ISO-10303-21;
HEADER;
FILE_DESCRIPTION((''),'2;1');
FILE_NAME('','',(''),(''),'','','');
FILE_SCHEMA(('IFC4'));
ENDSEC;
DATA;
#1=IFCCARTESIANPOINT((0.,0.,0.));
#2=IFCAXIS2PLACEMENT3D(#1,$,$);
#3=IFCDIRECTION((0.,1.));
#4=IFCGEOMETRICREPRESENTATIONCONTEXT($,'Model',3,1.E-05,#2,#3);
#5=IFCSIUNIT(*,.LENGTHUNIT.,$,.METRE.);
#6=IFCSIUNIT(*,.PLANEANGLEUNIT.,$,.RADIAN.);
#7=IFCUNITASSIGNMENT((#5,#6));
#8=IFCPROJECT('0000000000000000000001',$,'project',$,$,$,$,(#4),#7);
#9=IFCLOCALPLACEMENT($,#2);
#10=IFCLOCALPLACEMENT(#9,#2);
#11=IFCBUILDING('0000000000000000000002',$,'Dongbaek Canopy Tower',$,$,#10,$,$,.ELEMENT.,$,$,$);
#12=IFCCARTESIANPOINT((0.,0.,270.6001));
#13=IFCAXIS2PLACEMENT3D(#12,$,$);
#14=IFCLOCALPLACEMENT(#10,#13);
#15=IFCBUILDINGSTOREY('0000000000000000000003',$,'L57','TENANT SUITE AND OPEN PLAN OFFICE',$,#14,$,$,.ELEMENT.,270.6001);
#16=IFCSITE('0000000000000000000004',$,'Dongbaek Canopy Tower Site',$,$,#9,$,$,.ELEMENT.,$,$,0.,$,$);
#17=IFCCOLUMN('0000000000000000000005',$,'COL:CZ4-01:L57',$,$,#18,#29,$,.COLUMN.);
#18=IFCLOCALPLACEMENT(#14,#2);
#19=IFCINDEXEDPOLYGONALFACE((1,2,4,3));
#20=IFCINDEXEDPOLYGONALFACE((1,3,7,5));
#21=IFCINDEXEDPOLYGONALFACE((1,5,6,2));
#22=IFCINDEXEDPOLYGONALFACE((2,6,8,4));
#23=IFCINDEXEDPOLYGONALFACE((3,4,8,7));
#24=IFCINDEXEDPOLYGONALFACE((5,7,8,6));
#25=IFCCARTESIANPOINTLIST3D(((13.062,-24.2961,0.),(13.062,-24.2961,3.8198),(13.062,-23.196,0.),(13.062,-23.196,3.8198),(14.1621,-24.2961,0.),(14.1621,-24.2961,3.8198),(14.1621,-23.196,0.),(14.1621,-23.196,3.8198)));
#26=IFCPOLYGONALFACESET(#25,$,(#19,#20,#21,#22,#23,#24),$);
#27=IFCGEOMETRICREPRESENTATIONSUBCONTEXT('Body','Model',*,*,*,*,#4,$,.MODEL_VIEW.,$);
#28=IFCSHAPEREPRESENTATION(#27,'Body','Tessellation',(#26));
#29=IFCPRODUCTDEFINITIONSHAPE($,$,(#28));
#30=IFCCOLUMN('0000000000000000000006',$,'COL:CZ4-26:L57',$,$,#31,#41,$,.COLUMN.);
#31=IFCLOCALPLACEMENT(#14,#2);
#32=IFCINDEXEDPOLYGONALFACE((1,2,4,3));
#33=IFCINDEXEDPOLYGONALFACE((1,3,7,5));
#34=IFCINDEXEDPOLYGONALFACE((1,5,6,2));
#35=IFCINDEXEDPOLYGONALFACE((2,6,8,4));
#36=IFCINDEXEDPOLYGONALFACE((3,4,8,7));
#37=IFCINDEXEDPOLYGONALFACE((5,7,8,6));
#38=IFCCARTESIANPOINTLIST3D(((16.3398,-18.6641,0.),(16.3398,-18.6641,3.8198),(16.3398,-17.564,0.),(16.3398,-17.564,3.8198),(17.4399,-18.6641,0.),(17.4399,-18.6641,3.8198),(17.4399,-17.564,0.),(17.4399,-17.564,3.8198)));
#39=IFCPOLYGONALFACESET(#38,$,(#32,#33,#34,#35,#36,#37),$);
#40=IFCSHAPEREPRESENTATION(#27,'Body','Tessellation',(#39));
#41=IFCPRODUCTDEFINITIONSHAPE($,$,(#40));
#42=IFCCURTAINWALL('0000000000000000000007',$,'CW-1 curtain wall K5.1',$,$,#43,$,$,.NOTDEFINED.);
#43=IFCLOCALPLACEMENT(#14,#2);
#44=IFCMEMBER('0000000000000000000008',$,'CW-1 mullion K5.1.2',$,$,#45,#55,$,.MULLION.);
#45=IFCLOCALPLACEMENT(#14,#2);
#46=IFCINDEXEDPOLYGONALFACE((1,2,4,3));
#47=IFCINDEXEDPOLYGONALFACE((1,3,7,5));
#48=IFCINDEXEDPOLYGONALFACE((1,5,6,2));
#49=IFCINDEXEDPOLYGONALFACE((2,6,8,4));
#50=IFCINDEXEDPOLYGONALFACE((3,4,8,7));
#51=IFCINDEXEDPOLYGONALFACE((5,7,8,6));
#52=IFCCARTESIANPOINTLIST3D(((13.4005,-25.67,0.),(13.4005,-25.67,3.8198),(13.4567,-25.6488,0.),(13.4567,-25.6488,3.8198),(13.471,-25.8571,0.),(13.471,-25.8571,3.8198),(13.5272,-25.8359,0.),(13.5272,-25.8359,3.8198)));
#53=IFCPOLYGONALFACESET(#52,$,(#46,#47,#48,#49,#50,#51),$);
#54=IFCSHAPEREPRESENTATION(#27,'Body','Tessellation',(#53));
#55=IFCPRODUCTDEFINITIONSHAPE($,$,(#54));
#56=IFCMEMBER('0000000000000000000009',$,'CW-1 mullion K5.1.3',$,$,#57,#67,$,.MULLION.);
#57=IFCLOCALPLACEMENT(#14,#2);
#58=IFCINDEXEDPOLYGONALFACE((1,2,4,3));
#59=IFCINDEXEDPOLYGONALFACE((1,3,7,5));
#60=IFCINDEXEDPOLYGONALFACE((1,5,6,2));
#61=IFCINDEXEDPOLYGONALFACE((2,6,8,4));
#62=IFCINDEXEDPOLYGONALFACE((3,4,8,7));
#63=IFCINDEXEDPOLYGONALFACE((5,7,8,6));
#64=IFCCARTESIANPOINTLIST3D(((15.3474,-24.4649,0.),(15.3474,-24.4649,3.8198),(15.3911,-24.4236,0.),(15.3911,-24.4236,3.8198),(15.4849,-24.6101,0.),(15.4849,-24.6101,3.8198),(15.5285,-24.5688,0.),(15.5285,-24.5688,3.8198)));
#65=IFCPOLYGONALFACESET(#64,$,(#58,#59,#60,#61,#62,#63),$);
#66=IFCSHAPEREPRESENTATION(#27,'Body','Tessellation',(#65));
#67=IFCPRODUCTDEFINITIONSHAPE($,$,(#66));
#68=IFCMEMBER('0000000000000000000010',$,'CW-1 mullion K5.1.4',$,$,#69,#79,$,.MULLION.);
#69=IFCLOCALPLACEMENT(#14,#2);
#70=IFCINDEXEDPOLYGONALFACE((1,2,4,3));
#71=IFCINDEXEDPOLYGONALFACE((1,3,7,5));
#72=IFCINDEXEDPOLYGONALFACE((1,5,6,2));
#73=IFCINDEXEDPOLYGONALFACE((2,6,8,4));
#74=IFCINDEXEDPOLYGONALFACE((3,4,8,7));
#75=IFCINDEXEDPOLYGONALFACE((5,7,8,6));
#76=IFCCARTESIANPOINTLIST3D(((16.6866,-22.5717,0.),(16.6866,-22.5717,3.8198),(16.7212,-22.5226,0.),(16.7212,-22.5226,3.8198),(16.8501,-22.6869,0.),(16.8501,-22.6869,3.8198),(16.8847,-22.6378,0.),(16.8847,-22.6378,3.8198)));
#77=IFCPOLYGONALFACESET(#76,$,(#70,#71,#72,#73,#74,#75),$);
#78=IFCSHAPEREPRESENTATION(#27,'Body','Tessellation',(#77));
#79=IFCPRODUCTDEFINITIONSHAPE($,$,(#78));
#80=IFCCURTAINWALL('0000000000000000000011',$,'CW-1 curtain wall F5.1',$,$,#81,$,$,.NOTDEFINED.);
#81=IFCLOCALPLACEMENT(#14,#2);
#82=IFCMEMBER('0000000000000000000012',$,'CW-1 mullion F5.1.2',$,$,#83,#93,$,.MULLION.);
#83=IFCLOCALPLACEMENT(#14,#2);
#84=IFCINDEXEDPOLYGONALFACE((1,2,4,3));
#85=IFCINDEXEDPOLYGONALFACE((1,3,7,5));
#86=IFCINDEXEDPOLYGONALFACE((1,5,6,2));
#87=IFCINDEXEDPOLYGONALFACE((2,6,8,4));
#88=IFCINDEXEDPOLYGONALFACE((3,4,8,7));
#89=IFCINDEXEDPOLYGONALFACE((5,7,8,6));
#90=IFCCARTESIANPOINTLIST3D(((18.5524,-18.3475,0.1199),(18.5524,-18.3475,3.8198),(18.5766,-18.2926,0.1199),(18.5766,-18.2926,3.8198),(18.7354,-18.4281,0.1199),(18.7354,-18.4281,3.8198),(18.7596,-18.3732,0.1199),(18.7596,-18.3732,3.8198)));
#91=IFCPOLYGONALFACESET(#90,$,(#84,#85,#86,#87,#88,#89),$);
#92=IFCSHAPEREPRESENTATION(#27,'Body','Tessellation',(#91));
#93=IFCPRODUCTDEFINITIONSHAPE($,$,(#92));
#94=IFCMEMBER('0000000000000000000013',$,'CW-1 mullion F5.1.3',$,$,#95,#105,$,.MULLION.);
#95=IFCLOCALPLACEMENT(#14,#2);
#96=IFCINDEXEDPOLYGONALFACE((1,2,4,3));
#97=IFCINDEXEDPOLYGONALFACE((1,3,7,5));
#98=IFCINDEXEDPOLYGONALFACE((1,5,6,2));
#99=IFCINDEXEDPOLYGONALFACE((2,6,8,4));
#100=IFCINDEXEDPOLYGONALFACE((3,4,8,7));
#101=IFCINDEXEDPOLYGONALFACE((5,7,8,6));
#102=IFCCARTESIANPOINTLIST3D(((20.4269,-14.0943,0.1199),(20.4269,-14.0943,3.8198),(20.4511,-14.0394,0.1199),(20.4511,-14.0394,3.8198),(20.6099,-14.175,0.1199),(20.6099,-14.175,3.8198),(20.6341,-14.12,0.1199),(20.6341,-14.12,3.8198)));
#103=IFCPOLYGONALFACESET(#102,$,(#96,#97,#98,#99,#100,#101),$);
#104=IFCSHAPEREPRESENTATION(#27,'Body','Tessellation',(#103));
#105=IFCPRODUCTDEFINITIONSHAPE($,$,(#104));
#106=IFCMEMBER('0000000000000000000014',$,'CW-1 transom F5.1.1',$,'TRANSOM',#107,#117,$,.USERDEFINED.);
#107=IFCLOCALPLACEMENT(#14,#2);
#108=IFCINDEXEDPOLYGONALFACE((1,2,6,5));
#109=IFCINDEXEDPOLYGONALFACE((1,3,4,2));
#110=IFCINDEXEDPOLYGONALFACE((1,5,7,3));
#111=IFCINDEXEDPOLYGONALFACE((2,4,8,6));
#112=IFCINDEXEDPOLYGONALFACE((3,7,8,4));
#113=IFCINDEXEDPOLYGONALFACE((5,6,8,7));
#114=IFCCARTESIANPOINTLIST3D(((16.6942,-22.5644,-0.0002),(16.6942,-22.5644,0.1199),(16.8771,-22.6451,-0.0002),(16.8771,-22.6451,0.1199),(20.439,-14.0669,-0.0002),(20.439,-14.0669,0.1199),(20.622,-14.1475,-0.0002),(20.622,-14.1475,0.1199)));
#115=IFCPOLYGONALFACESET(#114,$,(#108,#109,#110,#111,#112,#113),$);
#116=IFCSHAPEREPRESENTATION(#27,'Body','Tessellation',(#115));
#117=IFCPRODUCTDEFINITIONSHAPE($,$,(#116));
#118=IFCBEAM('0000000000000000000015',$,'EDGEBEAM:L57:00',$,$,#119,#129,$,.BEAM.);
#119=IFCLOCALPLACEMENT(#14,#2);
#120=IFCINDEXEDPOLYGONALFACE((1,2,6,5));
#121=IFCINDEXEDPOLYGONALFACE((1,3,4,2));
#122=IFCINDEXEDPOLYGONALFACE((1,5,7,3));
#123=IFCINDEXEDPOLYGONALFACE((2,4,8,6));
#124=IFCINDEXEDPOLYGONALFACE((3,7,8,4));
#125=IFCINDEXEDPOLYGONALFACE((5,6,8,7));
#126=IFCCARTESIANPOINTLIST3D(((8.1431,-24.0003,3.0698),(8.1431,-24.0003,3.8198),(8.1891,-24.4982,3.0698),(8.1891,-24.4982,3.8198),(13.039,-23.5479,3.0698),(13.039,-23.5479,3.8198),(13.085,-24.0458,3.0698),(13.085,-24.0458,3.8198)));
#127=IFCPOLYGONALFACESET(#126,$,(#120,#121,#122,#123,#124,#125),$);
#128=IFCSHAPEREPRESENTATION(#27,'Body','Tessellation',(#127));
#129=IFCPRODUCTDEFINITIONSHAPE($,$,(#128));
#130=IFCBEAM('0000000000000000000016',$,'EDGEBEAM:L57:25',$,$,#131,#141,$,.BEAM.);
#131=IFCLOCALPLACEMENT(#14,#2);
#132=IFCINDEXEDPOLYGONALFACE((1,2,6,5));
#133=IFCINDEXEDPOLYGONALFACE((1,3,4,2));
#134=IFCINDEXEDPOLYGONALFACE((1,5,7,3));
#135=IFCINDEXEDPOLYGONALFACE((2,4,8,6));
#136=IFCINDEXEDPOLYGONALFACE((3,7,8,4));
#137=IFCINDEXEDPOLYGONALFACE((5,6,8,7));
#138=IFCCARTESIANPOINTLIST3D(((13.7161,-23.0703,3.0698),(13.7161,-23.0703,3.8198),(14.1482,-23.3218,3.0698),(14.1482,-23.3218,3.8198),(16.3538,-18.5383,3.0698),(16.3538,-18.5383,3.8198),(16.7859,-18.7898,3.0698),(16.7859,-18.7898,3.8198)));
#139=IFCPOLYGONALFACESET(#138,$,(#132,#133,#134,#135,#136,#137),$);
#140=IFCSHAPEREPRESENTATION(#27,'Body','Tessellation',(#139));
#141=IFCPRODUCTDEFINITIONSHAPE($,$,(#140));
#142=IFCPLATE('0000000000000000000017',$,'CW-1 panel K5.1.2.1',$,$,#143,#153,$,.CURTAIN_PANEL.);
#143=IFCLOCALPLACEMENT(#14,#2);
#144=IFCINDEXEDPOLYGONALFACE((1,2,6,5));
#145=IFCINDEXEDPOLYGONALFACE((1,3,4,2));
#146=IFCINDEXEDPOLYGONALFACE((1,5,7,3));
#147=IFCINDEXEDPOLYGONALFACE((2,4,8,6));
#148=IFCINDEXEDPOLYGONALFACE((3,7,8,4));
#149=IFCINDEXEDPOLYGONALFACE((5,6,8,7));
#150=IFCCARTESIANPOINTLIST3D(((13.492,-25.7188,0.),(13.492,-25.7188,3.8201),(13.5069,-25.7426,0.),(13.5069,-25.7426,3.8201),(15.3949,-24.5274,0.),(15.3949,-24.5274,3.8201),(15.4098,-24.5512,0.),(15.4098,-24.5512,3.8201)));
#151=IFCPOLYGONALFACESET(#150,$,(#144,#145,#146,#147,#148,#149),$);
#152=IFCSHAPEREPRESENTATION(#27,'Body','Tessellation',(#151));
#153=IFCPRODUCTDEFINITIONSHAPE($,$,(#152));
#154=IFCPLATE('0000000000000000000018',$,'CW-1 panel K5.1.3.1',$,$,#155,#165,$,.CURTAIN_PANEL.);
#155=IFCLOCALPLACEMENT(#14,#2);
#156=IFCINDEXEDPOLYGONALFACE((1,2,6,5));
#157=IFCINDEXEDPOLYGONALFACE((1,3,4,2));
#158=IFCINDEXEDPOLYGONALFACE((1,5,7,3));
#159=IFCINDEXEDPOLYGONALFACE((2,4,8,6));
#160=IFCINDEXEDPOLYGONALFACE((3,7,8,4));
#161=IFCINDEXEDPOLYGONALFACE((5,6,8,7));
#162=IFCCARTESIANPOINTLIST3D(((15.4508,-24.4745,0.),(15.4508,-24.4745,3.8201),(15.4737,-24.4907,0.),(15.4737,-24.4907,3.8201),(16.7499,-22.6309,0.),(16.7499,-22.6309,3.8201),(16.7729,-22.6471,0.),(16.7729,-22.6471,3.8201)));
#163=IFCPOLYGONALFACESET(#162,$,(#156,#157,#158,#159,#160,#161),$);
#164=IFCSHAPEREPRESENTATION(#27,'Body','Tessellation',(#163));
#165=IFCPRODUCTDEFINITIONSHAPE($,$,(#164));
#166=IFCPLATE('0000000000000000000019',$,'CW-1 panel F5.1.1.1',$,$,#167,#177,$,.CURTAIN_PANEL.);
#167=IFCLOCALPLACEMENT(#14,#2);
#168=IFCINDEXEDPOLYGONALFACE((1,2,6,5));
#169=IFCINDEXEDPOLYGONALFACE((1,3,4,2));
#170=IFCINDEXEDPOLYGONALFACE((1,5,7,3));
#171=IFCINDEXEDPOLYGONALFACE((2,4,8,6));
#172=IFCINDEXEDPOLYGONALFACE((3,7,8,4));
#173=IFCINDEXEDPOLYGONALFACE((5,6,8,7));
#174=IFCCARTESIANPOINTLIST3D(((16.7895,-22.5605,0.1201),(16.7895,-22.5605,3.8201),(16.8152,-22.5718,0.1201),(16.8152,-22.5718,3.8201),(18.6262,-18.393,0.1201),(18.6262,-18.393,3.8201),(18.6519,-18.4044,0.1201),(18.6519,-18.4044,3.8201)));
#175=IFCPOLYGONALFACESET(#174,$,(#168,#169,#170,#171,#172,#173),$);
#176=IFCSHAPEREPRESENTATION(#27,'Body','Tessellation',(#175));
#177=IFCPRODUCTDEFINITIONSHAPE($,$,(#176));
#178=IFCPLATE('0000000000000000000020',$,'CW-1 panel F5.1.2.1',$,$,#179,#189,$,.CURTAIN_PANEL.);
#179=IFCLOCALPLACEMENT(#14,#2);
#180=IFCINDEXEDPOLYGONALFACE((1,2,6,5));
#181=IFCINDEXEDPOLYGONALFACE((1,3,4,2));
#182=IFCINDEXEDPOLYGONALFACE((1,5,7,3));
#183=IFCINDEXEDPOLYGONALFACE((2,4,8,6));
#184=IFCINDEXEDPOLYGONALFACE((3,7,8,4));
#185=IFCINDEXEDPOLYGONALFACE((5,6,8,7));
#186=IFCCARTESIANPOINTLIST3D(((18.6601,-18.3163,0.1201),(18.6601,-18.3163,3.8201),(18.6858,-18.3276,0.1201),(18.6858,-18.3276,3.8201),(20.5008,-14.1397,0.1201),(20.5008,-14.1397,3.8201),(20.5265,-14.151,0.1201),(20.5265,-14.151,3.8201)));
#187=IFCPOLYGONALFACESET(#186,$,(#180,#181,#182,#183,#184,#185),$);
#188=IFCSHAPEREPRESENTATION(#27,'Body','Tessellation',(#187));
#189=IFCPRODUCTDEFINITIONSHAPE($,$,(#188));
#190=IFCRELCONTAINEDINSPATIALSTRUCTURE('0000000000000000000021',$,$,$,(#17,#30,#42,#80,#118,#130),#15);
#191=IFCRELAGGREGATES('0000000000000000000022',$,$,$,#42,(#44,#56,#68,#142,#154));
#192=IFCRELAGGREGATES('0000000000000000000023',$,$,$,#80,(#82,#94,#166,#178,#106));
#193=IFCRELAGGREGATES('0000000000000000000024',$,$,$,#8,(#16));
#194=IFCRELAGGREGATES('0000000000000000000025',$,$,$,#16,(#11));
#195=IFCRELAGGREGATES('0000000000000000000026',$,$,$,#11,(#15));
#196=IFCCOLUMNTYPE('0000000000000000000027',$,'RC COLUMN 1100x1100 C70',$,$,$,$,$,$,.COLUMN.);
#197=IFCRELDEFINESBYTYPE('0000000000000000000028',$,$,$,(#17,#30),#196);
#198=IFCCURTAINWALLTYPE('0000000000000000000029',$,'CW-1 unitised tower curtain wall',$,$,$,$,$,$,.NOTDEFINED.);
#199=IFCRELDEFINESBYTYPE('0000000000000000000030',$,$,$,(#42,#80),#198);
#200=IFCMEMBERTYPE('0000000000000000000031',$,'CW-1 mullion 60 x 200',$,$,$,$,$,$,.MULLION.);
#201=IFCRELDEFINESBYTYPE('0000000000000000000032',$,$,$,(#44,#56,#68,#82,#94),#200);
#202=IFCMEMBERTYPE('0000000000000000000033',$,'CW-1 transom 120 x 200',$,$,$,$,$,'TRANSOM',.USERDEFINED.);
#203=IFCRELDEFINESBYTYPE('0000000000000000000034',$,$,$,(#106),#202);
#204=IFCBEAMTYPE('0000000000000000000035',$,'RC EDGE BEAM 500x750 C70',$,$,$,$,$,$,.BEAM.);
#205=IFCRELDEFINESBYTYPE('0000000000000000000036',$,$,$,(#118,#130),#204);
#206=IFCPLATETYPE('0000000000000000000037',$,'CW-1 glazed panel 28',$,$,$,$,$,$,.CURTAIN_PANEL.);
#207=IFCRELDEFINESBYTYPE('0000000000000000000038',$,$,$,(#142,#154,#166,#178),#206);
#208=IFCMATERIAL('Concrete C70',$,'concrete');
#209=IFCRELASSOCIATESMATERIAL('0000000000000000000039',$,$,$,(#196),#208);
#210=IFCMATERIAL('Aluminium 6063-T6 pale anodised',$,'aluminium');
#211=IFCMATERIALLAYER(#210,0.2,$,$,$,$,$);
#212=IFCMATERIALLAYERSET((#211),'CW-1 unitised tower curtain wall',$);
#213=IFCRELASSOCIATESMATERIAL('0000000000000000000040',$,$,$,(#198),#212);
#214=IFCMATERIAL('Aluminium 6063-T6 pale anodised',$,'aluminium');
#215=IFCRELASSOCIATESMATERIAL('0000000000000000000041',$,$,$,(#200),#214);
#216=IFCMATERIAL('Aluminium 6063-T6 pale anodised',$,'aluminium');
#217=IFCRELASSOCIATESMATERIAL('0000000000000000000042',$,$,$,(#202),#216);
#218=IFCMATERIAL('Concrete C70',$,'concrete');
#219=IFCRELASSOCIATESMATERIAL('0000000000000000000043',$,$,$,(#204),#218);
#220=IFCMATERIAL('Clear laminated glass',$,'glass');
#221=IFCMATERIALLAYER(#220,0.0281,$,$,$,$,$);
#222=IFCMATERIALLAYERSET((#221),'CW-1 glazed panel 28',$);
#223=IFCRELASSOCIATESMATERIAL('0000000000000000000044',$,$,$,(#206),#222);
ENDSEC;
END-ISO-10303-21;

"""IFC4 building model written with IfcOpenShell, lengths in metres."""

from ifc_helpers import new_model, si_unit, direction, frame, origin, origin_2d, place, context, subcontext, project, spatial, rectangle, extrude, material, layer, layer_set, material_profile, profile_set, type_object, element, aggregate, save


model = new_model("IFC4")

# Units and contexts
model_context = context("Model", 3, precision=1e-05, world=origin(), true_north=direction((0.0, 1.0)))
body_context = subcontext(model_context, "Body", "Model", "MODEL_VIEW")
ifc_project = project(units=[si_unit("LENGTHUNIT", "METRE"), si_unit("PLANEANGLEUNIT", "RADIAN")], contexts=[model_context])

# Site, building, storey
site_placement = place(None, origin())
site = spatial("IfcSite", under=ifc_project, at=site_placement, Name="Dongbaek Canopy Tower Site", CompositionType="ELEMENT", RefElevation=0.0)
building_placement = place(site_placement, origin())
building = spatial("IfcBuilding", under=site, at=building_placement, Name="Dongbaek Canopy Tower", CompositionType="ELEMENT")
storey_placement = place(building_placement, frame((0.0, 0.0, 270.6001)))
storey = spatial("IfcBuildingStorey", under=building, at=storey_placement, Name="L57", Description="TENANT SUITE AND OPEN PLAN OFFICE", CompositionType="ELEMENT", Elevation=270.6001)

# Columns
ifc_material_1 = material(Name="Concrete C70", Category="concrete")
ifc_material_profile_1 = material_profile(ifc_material_1, rectangle(XDim=1.1001, YDim=1.1001, at=origin_2d()), Name="RC COLUMN 1100x1100 C70")
ifc_profile_set_1 = profile_set([ifc_material_profile_1], Name="Concrete C70")
column_type = type_object("IfcColumnType", Name="RC COLUMN 1100x1100 C70", PredefinedType="COLUMN", material=ifc_profile_set_1)
for number, where, z_axis, x_axis, name in (
    (1, (13.6121, -23.7461, 0.0), (0.0, 0.0, 1.0), (1.0, 0.0, 0.0), "COL:CZ4-01:L57"),
    (2, (16.8899, -18.114, 0.0), (0.0, 0.0, 1.0), (1.0, 0.0, 0.0), "COL:CZ4-26:L57"),
):
    element("IfcColumn", number, at=place(storey_placement, frame(where, z_axis=z_axis, x_axis=x_axis)), inside=storey, type_object=column_type, Name=name, PredefinedType="COLUMN", context=body_context, shape_type="SweptSolid", body=[
        extrude(rectangle(XDim=1.1001, YDim=1.1001, at=origin_2d()), origin(), (0.0, 0.0, 1.0), 3.8198),
    ])

# Curtain walls, members
ifc_material_2 = material(Name="Aluminium 6063-T6 pale anodised", Category="aluminium")
ifc_layer_1 = layer(ifc_material_2, 0.2)
ifc_layer_set_1 = layer_set([ifc_layer_1], Name="CW-1 unitised tower curtain wall")
curtain_wall_type = type_object("IfcCurtainWallType", Name="CW-1 unitised tower curtain wall", PredefinedType="NOTDEFINED", material=ifc_layer_set_1)
curtain_wall_1_placement = place(storey_placement, origin())
curtain_wall_1 = element("IfcCurtainWall", 3, at=curtain_wall_1_placement, inside=storey, type_object=curtain_wall_type, Name="CW-1 curtain wall K5.1", PredefinedType="NOTDEFINED")
ifc_material_3 = material(Name="Aluminium 6063-T6 pale anodised", Category="aluminium")
ifc_material_profile_2 = material_profile(ifc_material_3, rectangle(XDim=0.2, YDim=0.0601, at=origin_2d()), Name="CW-1 mullion 60 x 200")
ifc_profile_set_2 = profile_set([ifc_material_profile_2], Name="Aluminium 6063-T6 pale anodised")
member_type_1 = type_object("IfcMemberType", Name="CW-1 mullion 60 x 200", PredefinedType="MULLION", material=ifc_profile_set_2)
member_1_placement = place(storey_placement, frame((13.4639, -25.7529, 0.0), z_axis=(0.0, 0.0, 1.0), x_axis=(0.352875, -0.935671, 0.0)))
member_1 = element("IfcMember", 4, at=member_1_placement, type_object=member_type_1, Name="CW-1 mullion K5.1.2", PredefinedType="MULLION", context=body_context, shape_type="SweptSolid", body=[
    extrude(rectangle(XDim=0.2, YDim=0.0601, at=origin_2d()), origin(), (0.0, 0.0, 1.0), 3.8198),
])
member_2_placement = place(storey_placement, frame((15.438, -24.5168, 0.0), z_axis=(0.0, 0.0, 1.0), x_axis=(0.68759, -0.726099, 0.0)))
member_2 = element("IfcMember", 5, at=member_2_placement, type_object=member_type_1, Name="CW-1 mullion K5.1.3", PredefinedType="MULLION", context=body_context, shape_type="SweptSolid", body=[
    extrude(rectangle(XDim=0.2, YDim=0.0601, at=origin_2d()), origin(), (0.0, 0.0, 1.0), 3.8198),
])
member_3_placement = place(storey_placement, frame((16.7856, -22.6047, 0.0), z_axis=(0.0, 0.0, 1.0), x_axis=(0.817425, -0.576034, 0.0)))
member_3 = element("IfcMember", 6, at=member_3_placement, type_object=member_type_1, Name="CW-1 mullion K5.1.4", PredefinedType="MULLION", context=body_context, shape_type="SweptSolid", body=[
    extrude(rectangle(XDim=0.2, YDim=0.0601, at=origin_2d()), origin(), (0.0, 0.0, 1.0), 3.8198),
])
curtain_wall_2_placement = place(storey_placement, origin())
curtain_wall_2 = element("IfcCurtainWall", 7, at=curtain_wall_2_placement, inside=storey, type_object=curtain_wall_type, Name="CW-1 curtain wall F5.1", PredefinedType="NOTDEFINED")
member_4_placement = place(storey_placement, frame((18.656, -18.3604, 0.1199), z_axis=(0.0, 0.0, 1.0), x_axis=(0.915073, -0.403288, 0.0)))
member_4 = element("IfcMember", 8, at=member_4_placement, type_object=member_type_1, Name="CW-1 mullion F5.1.2", PredefinedType="MULLION", context=body_context, shape_type="SweptSolid", body=[
    extrude(rectangle(XDim=0.2, YDim=0.0601, at=origin_2d()), origin(), (0.0, 0.0, 1.0), 3.7),
])
member_5_placement = place(storey_placement, frame((20.5305, -14.1072, 0.1199), z_axis=(0.0, 0.0, 1.0), x_axis=(0.915073, -0.403288, 0.0)))
member_5 = element("IfcMember", 9, at=member_5_placement, type_object=member_type_1, Name="CW-1 mullion F5.1.3", PredefinedType="MULLION", context=body_context, shape_type="SweptSolid", body=[
    extrude(rectangle(XDim=0.2, YDim=0.0601, at=origin_2d()), origin(), (0.0, 0.0, 1.0), 3.7),
])
ifc_material_4 = material(Name="Aluminium 6063-T6 pale anodised", Category="aluminium")
ifc_material_profile_3 = material_profile(ifc_material_4, rectangle(XDim=0.2, YDim=0.1201, at=origin_2d()), Name="CW-1 transom 120 x 200")
ifc_profile_set_3 = profile_set([ifc_material_profile_3], Name="Aluminium 6063-T6 pale anodised")
member_type_2 = type_object("IfcMemberType", Name="CW-1 transom 120 x 200", ElementType="TRANSOM", PredefinedType="USERDEFINED", material=ifc_profile_set_3)
member_6_placement = place(storey_placement, frame((16.7856, -22.6047, 0.0598), z_axis=(0.403275, 0.915079, 0.0), x_axis=(-0.915079, 0.403275, 0.0)))
member_6 = element("IfcMember", 10, at=member_6_placement, type_object=member_type_2, Name="CW-1 transom F5.1.1", ObjectType="TRANSOM", PredefinedType="USERDEFINED", context=body_context, shape_type="SweptSolid", body=[
    extrude(rectangle(XDim=0.2, YDim=0.1201, at=origin_2d()), origin(), (0.0, 0.0, 1.0), 9.2861),
])

# Beams
ifc_material_5 = material(Name="Concrete C70", Category="concrete")
ifc_material_profile_4 = material_profile(ifc_material_5, rectangle(XDim=0.5, YDim=0.75, at=origin_2d()), Name="RC EDGE BEAM 500x750 C70")
ifc_profile_set_4 = profile_set([ifc_material_profile_4], Name="Concrete C70")
beam_type = type_object("IfcBeamType", Name="RC EDGE BEAM 500x750 C70", PredefinedType="BEAM", material=ifc_profile_set_4)
beam_1_placement = place(storey_placement, frame((13.062, -23.7969, 3.4448), z_axis=(-0.995758, -0.092009, 0.0), x_axis=(0.092009, -0.995758, 0.0)))
element("IfcBeam", 11, at=beam_1_placement, inside=storey, type_object=beam_type, Name="EDGEBEAM:L57:00", PredefinedType="BEAM", context=body_context, shape_type="SweptSolid", body=[
    extrude(rectangle(XDim=0.5, YDim=0.75, at=origin_2d()), origin(), (0.0, 0.0, 1.0), 4.9167),
])
beam_2_placement = place(storey_placement, frame((16.5698, -18.6641, 3.4448), z_axis=(-0.503023, -0.864273, 0.0), x_axis=(0.864273, -0.503023, 0.0)))
element("IfcBeam", 12, at=beam_2_placement, inside=storey, type_object=beam_type, Name="EDGEBEAM:L57:25", PredefinedType="BEAM", context=body_context, shape_type="SweptSolid", body=[
    extrude(rectangle(XDim=0.5, YDim=0.75, at=origin_2d()), origin(), (0.0, 0.0, 1.0), 5.2437),
])

# Plates
ifc_material_6 = material(Name="Clear laminated glass", Category="glass")
ifc_layer_2 = layer(ifc_material_6, 0.0281)
ifc_layer_set_2 = layer_set([ifc_layer_2], Name="CW-1 glazed panel 28")
plate_type = type_object("IfcPlateType", Name="CW-1 glazed panel 28", PredefinedType="CURTAIN_PANEL", material=ifc_layer_set_2)
plate_1_placement = place(storey_placement, frame((14.4509, -25.135, 0.0), z_axis=(0.0, 0.0, 1.0), x_axis=(0.847572, 0.530681, 0.0)))
plate_1 = element("IfcPlate", 13, at=plate_1_placement, type_object=plate_type, Name="CW-1 panel K5.1.2.1", PredefinedType="CURTAIN_PANEL", context=body_context, shape_type="SweptSolid", body=[
    extrude(rectangle(XDim=2.2451, YDim=0.0281, at=origin_2d()), origin(), (0.0, 0.0, 1.0), 3.8201),
])
plate_2_placement = place(storey_placement, frame((16.1118, -23.5608, 0.0), z_axis=(0.0, 0.0, 1.0), x_axis=(0.576034, 0.817425, 0.0)))
plate_2 = element("IfcPlate", 14, at=plate_2_placement, type_object=plate_type, Name="CW-1 panel K5.1.3.1", PredefinedType="CURTAIN_PANEL", context=body_context, shape_type="SweptSolid", body=[
    extrude(rectangle(XDim=2.2554, YDim=0.0281, at=origin_2d()), origin(), (0.0, 0.0, 1.0), 3.8201),
])
aggregate(curtain_wall_1, [member_1, member_2, member_3, plate_1, plate_2])
plate_3_placement = place(storey_placement, frame((17.7207, -20.4824, 0.1201), z_axis=(0.0, 0.0, 1.0), x_axis=(0.403288, 0.915073, 0.0)))
plate_3 = element("IfcPlate", 15, at=plate_3_placement, type_object=plate_type, Name="CW-1 panel F5.1.1.1", PredefinedType="CURTAIN_PANEL", context=body_context, shape_type="SweptSolid", body=[
    extrude(rectangle(XDim=4.5542, YDim=0.0281, at=origin_2d()), origin(), (0.0, 0.0, 1.0), 3.7),
])
plate_4_placement = place(storey_placement, frame((19.5933, -16.2336, 0.1201), z_axis=(0.0, 0.0, 1.0), x_axis=(0.403288, 0.915073, 0.0)))
plate_4 = element("IfcPlate", 16, at=plate_4_placement, type_object=plate_type, Name="CW-1 panel F5.1.2.1", PredefinedType="CURTAIN_PANEL", context=body_context, shape_type="SweptSolid", body=[
    extrude(rectangle(XDim=4.5642, YDim=0.0281, at=origin_2d()), origin(), (0.0, 0.0, 1.0), 3.7),
])

aggregate(curtain_wall_2, [member_4, member_5, plate_3, plate_4, member_6])

save(model, "model.ifc")
